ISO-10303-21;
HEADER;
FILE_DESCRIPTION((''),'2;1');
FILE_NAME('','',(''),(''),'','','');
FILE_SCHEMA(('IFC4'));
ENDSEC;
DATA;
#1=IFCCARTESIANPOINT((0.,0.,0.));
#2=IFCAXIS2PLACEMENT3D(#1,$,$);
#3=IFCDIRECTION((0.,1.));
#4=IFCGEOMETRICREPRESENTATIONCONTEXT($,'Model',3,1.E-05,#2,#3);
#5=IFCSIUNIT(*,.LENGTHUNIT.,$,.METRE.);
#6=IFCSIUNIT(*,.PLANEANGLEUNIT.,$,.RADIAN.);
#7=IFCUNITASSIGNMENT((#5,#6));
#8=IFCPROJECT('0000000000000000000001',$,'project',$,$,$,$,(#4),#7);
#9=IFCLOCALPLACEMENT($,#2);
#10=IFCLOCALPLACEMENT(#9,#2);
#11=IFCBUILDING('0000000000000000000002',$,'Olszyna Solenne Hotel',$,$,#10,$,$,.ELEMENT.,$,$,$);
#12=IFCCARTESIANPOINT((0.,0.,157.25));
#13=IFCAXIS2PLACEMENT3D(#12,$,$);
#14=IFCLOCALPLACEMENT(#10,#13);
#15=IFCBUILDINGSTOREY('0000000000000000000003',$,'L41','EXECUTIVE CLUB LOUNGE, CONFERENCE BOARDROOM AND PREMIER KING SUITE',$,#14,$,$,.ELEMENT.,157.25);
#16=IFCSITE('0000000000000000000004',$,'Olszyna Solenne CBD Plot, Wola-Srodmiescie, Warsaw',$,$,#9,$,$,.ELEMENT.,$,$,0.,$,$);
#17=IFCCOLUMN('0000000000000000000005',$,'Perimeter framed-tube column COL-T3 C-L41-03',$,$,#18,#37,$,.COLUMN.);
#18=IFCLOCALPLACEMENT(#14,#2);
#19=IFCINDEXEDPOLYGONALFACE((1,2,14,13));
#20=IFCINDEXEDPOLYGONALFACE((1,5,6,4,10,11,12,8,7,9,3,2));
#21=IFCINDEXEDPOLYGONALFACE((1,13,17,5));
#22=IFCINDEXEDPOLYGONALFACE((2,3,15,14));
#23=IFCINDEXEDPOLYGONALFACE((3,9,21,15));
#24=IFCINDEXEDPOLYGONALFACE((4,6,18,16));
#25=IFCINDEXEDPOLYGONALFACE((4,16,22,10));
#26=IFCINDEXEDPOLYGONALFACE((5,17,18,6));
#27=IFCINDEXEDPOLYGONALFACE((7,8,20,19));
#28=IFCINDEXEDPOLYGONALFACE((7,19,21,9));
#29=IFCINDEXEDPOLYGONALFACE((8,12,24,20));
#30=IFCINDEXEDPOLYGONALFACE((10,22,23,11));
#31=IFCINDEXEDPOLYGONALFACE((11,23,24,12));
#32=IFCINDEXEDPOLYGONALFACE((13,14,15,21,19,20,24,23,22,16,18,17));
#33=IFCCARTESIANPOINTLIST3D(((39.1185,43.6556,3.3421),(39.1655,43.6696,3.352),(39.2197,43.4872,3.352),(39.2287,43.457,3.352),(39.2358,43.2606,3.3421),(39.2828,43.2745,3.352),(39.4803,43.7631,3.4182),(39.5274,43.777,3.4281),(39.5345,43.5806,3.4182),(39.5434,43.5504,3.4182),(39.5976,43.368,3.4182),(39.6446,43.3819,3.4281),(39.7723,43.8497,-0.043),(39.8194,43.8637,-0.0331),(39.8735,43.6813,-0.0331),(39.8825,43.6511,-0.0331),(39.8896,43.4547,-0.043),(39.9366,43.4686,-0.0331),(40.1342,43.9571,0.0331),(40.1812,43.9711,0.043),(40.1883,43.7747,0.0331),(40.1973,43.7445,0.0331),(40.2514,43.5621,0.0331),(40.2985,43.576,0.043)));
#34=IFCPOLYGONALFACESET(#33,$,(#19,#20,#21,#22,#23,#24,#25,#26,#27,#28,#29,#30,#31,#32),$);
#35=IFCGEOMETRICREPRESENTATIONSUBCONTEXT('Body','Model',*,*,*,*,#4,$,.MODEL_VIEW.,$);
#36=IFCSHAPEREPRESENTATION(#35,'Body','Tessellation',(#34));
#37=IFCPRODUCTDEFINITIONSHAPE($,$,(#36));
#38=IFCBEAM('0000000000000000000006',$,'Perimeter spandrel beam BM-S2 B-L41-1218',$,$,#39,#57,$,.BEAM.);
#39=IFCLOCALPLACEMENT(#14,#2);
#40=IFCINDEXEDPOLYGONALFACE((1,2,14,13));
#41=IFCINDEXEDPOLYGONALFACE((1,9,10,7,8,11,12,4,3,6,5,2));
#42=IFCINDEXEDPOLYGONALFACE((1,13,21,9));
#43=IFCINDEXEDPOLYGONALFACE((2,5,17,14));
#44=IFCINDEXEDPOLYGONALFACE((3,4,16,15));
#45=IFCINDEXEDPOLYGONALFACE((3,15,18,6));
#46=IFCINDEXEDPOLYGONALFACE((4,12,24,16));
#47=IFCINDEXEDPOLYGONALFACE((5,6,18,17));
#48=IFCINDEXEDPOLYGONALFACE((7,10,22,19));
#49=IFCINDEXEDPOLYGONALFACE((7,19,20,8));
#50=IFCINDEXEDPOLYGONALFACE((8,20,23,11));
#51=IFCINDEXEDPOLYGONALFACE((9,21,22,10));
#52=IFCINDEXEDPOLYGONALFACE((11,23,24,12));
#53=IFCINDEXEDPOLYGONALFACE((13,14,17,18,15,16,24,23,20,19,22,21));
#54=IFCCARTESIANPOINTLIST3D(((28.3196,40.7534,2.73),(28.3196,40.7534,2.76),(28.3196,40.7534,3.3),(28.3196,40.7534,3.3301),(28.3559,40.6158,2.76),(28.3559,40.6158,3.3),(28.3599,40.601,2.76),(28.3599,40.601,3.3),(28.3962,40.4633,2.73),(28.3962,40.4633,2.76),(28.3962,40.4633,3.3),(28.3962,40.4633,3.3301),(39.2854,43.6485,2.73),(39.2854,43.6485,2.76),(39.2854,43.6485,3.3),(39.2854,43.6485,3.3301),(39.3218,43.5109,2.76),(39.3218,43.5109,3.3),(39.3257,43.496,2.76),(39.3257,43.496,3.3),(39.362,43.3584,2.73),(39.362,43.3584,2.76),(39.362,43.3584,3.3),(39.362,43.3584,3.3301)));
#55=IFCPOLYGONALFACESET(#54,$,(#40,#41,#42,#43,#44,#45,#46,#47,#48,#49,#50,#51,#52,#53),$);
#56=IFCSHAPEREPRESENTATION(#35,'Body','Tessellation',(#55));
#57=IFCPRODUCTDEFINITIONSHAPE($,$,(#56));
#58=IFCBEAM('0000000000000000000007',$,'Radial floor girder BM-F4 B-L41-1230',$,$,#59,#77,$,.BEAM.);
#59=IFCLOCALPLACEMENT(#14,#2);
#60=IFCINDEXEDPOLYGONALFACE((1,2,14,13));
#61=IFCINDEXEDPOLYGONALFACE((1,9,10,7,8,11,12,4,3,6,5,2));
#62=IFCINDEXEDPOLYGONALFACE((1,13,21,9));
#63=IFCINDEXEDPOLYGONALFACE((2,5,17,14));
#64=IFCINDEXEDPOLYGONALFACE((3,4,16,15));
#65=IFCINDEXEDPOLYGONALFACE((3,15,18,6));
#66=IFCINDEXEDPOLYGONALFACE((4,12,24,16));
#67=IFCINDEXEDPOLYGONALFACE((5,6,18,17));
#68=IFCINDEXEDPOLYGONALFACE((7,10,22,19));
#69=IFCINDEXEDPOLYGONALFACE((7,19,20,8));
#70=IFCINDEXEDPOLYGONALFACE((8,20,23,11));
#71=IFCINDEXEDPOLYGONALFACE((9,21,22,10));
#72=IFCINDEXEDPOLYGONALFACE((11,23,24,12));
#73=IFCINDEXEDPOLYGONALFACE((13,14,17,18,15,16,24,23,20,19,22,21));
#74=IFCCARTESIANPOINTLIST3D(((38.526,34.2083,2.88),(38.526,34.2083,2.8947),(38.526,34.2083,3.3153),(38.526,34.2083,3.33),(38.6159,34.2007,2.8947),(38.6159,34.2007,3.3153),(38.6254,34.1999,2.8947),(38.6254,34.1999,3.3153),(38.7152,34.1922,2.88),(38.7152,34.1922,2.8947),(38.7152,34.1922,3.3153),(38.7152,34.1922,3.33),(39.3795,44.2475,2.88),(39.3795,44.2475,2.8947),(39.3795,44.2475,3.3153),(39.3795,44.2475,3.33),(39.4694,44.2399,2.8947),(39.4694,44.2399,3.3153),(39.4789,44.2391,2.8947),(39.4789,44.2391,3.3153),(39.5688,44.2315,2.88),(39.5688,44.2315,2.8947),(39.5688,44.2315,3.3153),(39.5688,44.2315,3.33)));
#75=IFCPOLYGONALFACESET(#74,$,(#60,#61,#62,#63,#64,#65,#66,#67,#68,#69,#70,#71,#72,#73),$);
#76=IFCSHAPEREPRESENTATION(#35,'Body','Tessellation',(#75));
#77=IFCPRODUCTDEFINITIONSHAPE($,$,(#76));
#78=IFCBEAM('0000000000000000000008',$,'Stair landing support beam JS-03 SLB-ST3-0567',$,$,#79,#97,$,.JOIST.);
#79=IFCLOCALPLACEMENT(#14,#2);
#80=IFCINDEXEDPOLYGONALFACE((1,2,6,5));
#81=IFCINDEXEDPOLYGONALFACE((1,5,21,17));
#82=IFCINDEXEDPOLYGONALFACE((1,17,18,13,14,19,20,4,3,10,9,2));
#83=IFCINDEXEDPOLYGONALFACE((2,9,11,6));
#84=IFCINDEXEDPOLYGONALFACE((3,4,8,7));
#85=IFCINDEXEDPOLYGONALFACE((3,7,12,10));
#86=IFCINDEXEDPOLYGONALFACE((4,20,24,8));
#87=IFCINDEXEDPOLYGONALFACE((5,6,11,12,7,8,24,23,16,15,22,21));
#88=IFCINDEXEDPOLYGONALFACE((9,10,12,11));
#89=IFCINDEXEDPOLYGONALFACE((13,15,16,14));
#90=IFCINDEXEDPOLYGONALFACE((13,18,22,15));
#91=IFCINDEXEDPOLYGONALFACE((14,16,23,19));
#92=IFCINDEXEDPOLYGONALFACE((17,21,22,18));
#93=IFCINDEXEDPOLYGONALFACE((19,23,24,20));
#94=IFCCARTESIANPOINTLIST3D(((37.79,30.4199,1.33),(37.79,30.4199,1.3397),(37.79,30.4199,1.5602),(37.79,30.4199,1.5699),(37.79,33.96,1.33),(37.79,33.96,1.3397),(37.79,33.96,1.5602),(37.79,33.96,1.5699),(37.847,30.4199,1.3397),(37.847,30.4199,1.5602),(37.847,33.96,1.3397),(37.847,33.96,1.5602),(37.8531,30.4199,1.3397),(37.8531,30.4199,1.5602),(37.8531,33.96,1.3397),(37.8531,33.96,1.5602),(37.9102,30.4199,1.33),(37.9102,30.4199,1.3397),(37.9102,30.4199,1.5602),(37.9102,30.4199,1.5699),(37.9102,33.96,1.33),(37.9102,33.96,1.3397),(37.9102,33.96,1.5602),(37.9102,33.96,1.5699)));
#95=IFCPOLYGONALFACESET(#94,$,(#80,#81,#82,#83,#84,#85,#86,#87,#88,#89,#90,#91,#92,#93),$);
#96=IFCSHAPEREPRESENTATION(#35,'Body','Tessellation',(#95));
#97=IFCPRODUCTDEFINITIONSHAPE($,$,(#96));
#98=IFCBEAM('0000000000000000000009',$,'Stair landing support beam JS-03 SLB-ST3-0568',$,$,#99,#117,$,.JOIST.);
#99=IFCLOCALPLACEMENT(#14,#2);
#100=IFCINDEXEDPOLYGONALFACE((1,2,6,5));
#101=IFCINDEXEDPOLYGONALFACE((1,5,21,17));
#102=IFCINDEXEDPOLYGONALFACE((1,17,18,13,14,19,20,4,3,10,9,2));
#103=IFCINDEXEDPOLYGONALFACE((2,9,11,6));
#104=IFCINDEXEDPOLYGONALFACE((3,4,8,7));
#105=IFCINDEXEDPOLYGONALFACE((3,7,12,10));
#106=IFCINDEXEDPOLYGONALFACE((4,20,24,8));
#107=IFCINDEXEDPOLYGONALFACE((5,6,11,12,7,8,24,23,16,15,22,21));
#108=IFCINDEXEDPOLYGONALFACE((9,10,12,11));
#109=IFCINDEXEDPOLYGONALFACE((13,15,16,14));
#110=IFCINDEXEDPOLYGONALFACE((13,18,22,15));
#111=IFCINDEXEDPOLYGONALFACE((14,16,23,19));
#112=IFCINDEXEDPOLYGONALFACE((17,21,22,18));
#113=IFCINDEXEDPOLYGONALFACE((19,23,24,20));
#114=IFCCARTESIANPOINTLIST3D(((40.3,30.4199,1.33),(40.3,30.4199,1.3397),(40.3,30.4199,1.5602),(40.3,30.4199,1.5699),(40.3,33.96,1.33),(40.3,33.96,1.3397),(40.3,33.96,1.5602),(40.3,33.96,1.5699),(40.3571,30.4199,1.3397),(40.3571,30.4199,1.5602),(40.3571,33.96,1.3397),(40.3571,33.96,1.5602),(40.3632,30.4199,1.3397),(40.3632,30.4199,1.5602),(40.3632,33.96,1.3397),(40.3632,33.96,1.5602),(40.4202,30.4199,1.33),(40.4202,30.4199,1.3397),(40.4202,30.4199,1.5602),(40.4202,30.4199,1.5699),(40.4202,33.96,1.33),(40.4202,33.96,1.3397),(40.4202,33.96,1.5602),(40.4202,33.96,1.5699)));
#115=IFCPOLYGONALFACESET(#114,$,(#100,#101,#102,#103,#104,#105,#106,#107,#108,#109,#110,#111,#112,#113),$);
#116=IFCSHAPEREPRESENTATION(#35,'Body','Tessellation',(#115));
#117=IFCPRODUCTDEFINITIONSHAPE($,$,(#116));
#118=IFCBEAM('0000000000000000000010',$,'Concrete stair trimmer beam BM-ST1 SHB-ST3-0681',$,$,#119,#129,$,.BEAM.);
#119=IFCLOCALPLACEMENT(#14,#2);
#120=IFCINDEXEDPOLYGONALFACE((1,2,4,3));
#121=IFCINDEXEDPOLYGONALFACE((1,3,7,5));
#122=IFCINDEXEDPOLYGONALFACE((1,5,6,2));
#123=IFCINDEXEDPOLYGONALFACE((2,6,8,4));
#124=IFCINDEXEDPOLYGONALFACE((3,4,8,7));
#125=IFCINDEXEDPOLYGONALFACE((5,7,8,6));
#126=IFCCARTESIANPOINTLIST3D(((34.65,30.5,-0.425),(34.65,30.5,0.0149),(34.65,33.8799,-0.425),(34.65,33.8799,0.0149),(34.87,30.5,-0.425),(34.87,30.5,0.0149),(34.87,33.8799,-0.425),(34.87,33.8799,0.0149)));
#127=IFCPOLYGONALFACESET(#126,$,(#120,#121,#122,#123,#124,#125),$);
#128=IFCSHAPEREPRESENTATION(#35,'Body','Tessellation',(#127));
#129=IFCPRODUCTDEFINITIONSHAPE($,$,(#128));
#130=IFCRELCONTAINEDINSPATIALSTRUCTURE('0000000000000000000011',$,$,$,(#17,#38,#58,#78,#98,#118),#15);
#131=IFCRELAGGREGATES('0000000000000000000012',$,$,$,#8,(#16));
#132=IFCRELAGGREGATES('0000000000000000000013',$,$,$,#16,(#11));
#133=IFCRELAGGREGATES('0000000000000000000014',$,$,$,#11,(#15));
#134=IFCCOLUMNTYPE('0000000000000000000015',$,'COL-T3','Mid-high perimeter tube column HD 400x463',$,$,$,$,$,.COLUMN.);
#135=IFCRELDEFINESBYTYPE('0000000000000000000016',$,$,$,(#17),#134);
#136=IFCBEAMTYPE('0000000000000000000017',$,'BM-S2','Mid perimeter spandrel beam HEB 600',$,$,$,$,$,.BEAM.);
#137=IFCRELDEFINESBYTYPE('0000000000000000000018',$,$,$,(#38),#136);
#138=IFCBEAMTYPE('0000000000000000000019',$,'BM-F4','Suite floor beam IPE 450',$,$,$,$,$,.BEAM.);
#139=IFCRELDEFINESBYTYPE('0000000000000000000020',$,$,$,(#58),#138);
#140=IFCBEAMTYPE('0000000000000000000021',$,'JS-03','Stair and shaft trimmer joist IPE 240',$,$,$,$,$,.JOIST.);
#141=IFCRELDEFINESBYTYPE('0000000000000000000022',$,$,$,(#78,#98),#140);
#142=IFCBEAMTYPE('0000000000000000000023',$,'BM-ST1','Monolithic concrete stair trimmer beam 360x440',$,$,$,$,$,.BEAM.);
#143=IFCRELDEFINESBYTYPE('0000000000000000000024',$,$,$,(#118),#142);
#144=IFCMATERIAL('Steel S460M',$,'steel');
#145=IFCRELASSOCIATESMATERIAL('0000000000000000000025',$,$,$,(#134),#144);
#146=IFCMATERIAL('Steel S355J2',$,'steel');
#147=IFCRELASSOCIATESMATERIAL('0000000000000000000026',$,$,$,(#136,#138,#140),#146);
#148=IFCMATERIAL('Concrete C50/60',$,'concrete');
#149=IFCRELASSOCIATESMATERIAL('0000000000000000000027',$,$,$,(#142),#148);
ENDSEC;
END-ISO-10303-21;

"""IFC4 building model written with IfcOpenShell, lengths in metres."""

from ifc_helpers import new_model, si_unit, direction, frame, origin, origin_2d, place, context, subcontext, project, spatial, rectangle, i_section, extrude, source, transform, mapped, material, material_profile, profile_set, type_object, element, save


model = new_model("IFC4")

# Units and contexts
model_context = context("Model", 3, precision=1e-05, world=origin(), true_north=direction((0.0, 1.0)))
body_context = subcontext(model_context, "Body", "Model", "MODEL_VIEW")
ifc_project = project(units=[si_unit("LENGTHUNIT", "METRE"), si_unit("PLANEANGLEUNIT", "RADIAN")], contexts=[model_context])

# Site, building, storey
site_placement = place(None, origin())
site = spatial("IfcSite", under=ifc_project, at=site_placement, Name="Olszyna Solenne CBD Plot, Wola-Srodmiescie, Warsaw", CompositionType="ELEMENT", RefElevation=0.0)
building_placement = place(site_placement, origin())
building = spatial("IfcBuilding", under=site, at=building_placement, Name="Olszyna Solenne Hotel", CompositionType="ELEMENT")
storey_placement = place(building_placement, frame((0.0, 0.0, 157.25)))
storey = spatial("IfcBuildingStorey", under=building, at=storey_placement, Name="L41", Description="EXECUTIVE CLUB LOUNGE, CONFERENCE BOARDROOM AND PREMIER KING SUITE", CompositionType="ELEMENT", Elevation=157.25)

# Column
ifc_material_1 = material(Name="Steel S460M", Category="steel")
ifc_material_profile_1 = material_profile(ifc_material_1, i_section(OverallWidth=0.4121, OverallDepth=0.4351, WebThickness=0.0315, FlangeThickness=0.05, at=origin_2d()), Name="HD 400x463", Category="load-bearing")
ifc_profile_set_1 = profile_set([ifc_material_profile_1], Name="Steel S460M")
column_type = type_object("IfcColumnType", Name="COL-T3", Description="Mid-high perimeter tube column HD 400x463", PredefinedType="COLUMN", material=ifc_profile_set_1)
shared_shape_1 = source(origin(), body_context, "Body", "SweptSolid", [
    extrude(i_section(OverallWidth=0.4121, OverallDepth=0.4351, WebThickness=0.0315, FlangeThickness=0.05, at=origin_2d()), origin(), (0.0, 0.0, 1.0), 3.4531),
])
column_placement = place(storey_placement, frame((40.0354, 43.7129, 0.0), z_axis=(-0.189343, -0.056209, 0.980301), x_axis=(0.284588, -0.95865, 0.0)))
element("IfcColumn", 1, at=column_placement, inside=storey, type_object=column_type, Name="Perimeter framed-tube column COL-T3 C-L41-03", PredefinedType="COLUMN", context=body_context, shape_type="MappedRepresentation", body=[
    mapped(shared_shape_1, transform((0.0, 0.0, 0.0), x_axis=(1.0, 0.0, 0.0), y_axis=(0.0, 1.0, 0.0), z_axis=(0.0, 0.0, 1.0), scale=1.0)),
])

# Beams
ifc_material_2 = material(Name="Steel S355J2", Category="steel")
ifc_material_profile_2 = material_profile(ifc_material_2, i_section(OverallWidth=0.3, OverallDepth=0.6001, WebThickness=0.0154, FlangeThickness=0.03, at=origin_2d()), Name="HEB 600", Category="load-bearing")
ifc_profile_set_2 = profile_set([ifc_material_profile_2], Name="Steel S355J2")
beam_type_1 = type_object("IfcBeamType", Name="BM-S2", Description="Mid perimeter spandrel beam HEB 600", PredefinedType="BEAM", material=ifc_profile_set_2)
shared_shape_2 = source(origin(), body_context, "Body", "SweptSolid", [
    extrude(i_section(OverallWidth=0.3, OverallDepth=0.6001, WebThickness=0.0154, FlangeThickness=0.03, at=origin_2d()), origin(), (0.0, 0.0, 1.0), 11.3416),
])
beam_1_placement = place(storey_placement, frame((39.3237, 43.5034, 3.03), z_axis=(-0.966873, -0.255258, 0.0), x_axis=(0.255258, -0.966873, 0.0)))
element("IfcBeam", 2, at=beam_1_placement, inside=storey, type_object=beam_type_1, Name="Perimeter spandrel beam BM-S2 B-L41-1218", PredefinedType="BEAM", context=body_context, shape_type="MappedRepresentation", body=[
    mapped(shared_shape_2, transform((0.0, 0.0, 0.0), x_axis=(1.0, 0.0, 0.0), y_axis=(0.0, 1.0, 0.0), z_axis=(0.0, 0.0, 1.0), scale=1.0)),
])
ifc_material_profile_3 = material_profile(ifc_material_2, i_section(OverallWidth=0.1899, OverallDepth=0.45, WebThickness=0.0095, FlangeThickness=0.0146, at=origin_2d()), Name="IPE 450", Category="load-bearing")
ifc_profile_set_3 = profile_set([ifc_material_profile_3], Name="Steel S355J2")
beam_type_2 = type_object("IfcBeamType", Name="BM-F4", Description="Suite floor beam IPE 450", PredefinedType="BEAM", material=ifc_profile_set_3)
shared_shape_3 = source(origin(), body_context, "Body", "SweptSolid", [
    extrude(i_section(OverallWidth=0.1899, OverallDepth=0.45, WebThickness=0.0095, FlangeThickness=0.0146, at=origin_2d()), origin(), (0.0, 0.0, 1.0), 10.0754),
])
beam_2_placement = place(storey_placement, frame((39.4741, 44.2395, 3.105), z_axis=(-0.084712, -0.996405, 0.0), x_axis=(0.996405, -0.084712, 0.0)))
element("IfcBeam", 3, at=beam_2_placement, inside=storey, type_object=beam_type_2, Name="Radial floor girder BM-F4 B-L41-1230", PredefinedType="BEAM", context=body_context, shape_type="MappedRepresentation", body=[
    mapped(shared_shape_3, transform((0.0, 0.0, 0.0), x_axis=(1.0, 0.0, 0.0), y_axis=(0.0, 1.0, 0.0), z_axis=(0.0, 0.0, 1.0), scale=1.0)),
])
ifc_material_profile_4 = material_profile(ifc_material_2, i_section(OverallWidth=0.1201, OverallDepth=0.24, WebThickness=0.0061, FlangeThickness=0.0098, at=origin_2d()), Name="IPE 240", Category="load-bearing")
ifc_profile_set_4 = profile_set([ifc_material_profile_4], Name="Steel S355J2")
beam_type_3 = type_object("IfcBeamType", Name="JS-03", Description="Stair and shaft trimmer joist IPE 240", PredefinedType="JOIST", material=ifc_profile_set_4)
shared_shape_4 = source(origin(), body_context, "Body", "SweptSolid", [
    extrude(i_section(OverallWidth=0.1201, OverallDepth=0.24, WebThickness=0.0061, FlangeThickness=0.0098, at=origin_2d()), origin(), (0.0, 0.0, 1.0), 3.54),
])
for number, where, z_axis, x_axis, name in (
    (4, (37.8501, 30.4199, 1.45), (0.0, 1.0, 0.0), (-1.0, 0.0, 0.0), "Stair landing support beam JS-03 SLB-ST3-0567"),
    (5, (40.3601, 30.4199, 1.45), (0.0, 1.0, 0.0), (-1.0, 0.0, 0.0), "Stair landing support beam JS-03 SLB-ST3-0568"),
):
    element("IfcBeam", number, at=place(storey_placement, frame(where, z_axis=z_axis, x_axis=x_axis)), inside=storey, type_object=beam_type_3, Name=name, PredefinedType="JOIST", context=body_context, shape_type="MappedRepresentation", body=[
        mapped(shared_shape_4, transform((0.0, 0.0, 0.0), x_axis=(1.0, 0.0, 0.0), y_axis=(0.0, 1.0, 0.0), z_axis=(0.0, 0.0, 1.0), scale=1.0)),
    ])
ifc_material_3 = material(Name="Concrete C50/60", Category="concrete")
ifc_material_profile_5 = material_profile(ifc_material_3, rectangle(XDim=0.22, YDim=0.4399, at=origin_2d()), Name="RC 220x440", Category="load-bearing")
ifc_profile_set_5 = profile_set([ifc_material_profile_5], Name="Concrete C50/60")
beam_type_4 = type_object("IfcBeamType", Name="BM-ST1", Description="Monolithic concrete stair trimmer beam 360x440", PredefinedType="BEAM", material=ifc_profile_set_5)
shared_shape_5 = source(origin(), body_context, "Body", "SweptSolid", [
    extrude(rectangle(XDim=0.22, YDim=0.4399, at=origin_2d()), origin(), (0.0, 0.0, 1.0), 3.3799),
])
beam_3_placement = place(storey_placement, frame((34.76, 30.5, -0.2051), z_axis=(0.0, 1.0, 0.0), x_axis=(-1.0, 0.0, 0.0)))
element("IfcBeam", 6, at=beam_3_placement, inside=storey, type_object=beam_type_4, Name="Concrete stair trimmer beam BM-ST1 SHB-ST3-0681", PredefinedType="BEAM", context=body_context, shape_type="MappedRepresentation", body=[
    mapped(shared_shape_5, transform((0.0, 0.0, 0.0), x_axis=(1.0, 0.0, 0.0), y_axis=(0.0, 1.0, 0.0), z_axis=(0.0, 0.0, 1.0), scale=1.0)),
])

save(model, "model.ifc")
